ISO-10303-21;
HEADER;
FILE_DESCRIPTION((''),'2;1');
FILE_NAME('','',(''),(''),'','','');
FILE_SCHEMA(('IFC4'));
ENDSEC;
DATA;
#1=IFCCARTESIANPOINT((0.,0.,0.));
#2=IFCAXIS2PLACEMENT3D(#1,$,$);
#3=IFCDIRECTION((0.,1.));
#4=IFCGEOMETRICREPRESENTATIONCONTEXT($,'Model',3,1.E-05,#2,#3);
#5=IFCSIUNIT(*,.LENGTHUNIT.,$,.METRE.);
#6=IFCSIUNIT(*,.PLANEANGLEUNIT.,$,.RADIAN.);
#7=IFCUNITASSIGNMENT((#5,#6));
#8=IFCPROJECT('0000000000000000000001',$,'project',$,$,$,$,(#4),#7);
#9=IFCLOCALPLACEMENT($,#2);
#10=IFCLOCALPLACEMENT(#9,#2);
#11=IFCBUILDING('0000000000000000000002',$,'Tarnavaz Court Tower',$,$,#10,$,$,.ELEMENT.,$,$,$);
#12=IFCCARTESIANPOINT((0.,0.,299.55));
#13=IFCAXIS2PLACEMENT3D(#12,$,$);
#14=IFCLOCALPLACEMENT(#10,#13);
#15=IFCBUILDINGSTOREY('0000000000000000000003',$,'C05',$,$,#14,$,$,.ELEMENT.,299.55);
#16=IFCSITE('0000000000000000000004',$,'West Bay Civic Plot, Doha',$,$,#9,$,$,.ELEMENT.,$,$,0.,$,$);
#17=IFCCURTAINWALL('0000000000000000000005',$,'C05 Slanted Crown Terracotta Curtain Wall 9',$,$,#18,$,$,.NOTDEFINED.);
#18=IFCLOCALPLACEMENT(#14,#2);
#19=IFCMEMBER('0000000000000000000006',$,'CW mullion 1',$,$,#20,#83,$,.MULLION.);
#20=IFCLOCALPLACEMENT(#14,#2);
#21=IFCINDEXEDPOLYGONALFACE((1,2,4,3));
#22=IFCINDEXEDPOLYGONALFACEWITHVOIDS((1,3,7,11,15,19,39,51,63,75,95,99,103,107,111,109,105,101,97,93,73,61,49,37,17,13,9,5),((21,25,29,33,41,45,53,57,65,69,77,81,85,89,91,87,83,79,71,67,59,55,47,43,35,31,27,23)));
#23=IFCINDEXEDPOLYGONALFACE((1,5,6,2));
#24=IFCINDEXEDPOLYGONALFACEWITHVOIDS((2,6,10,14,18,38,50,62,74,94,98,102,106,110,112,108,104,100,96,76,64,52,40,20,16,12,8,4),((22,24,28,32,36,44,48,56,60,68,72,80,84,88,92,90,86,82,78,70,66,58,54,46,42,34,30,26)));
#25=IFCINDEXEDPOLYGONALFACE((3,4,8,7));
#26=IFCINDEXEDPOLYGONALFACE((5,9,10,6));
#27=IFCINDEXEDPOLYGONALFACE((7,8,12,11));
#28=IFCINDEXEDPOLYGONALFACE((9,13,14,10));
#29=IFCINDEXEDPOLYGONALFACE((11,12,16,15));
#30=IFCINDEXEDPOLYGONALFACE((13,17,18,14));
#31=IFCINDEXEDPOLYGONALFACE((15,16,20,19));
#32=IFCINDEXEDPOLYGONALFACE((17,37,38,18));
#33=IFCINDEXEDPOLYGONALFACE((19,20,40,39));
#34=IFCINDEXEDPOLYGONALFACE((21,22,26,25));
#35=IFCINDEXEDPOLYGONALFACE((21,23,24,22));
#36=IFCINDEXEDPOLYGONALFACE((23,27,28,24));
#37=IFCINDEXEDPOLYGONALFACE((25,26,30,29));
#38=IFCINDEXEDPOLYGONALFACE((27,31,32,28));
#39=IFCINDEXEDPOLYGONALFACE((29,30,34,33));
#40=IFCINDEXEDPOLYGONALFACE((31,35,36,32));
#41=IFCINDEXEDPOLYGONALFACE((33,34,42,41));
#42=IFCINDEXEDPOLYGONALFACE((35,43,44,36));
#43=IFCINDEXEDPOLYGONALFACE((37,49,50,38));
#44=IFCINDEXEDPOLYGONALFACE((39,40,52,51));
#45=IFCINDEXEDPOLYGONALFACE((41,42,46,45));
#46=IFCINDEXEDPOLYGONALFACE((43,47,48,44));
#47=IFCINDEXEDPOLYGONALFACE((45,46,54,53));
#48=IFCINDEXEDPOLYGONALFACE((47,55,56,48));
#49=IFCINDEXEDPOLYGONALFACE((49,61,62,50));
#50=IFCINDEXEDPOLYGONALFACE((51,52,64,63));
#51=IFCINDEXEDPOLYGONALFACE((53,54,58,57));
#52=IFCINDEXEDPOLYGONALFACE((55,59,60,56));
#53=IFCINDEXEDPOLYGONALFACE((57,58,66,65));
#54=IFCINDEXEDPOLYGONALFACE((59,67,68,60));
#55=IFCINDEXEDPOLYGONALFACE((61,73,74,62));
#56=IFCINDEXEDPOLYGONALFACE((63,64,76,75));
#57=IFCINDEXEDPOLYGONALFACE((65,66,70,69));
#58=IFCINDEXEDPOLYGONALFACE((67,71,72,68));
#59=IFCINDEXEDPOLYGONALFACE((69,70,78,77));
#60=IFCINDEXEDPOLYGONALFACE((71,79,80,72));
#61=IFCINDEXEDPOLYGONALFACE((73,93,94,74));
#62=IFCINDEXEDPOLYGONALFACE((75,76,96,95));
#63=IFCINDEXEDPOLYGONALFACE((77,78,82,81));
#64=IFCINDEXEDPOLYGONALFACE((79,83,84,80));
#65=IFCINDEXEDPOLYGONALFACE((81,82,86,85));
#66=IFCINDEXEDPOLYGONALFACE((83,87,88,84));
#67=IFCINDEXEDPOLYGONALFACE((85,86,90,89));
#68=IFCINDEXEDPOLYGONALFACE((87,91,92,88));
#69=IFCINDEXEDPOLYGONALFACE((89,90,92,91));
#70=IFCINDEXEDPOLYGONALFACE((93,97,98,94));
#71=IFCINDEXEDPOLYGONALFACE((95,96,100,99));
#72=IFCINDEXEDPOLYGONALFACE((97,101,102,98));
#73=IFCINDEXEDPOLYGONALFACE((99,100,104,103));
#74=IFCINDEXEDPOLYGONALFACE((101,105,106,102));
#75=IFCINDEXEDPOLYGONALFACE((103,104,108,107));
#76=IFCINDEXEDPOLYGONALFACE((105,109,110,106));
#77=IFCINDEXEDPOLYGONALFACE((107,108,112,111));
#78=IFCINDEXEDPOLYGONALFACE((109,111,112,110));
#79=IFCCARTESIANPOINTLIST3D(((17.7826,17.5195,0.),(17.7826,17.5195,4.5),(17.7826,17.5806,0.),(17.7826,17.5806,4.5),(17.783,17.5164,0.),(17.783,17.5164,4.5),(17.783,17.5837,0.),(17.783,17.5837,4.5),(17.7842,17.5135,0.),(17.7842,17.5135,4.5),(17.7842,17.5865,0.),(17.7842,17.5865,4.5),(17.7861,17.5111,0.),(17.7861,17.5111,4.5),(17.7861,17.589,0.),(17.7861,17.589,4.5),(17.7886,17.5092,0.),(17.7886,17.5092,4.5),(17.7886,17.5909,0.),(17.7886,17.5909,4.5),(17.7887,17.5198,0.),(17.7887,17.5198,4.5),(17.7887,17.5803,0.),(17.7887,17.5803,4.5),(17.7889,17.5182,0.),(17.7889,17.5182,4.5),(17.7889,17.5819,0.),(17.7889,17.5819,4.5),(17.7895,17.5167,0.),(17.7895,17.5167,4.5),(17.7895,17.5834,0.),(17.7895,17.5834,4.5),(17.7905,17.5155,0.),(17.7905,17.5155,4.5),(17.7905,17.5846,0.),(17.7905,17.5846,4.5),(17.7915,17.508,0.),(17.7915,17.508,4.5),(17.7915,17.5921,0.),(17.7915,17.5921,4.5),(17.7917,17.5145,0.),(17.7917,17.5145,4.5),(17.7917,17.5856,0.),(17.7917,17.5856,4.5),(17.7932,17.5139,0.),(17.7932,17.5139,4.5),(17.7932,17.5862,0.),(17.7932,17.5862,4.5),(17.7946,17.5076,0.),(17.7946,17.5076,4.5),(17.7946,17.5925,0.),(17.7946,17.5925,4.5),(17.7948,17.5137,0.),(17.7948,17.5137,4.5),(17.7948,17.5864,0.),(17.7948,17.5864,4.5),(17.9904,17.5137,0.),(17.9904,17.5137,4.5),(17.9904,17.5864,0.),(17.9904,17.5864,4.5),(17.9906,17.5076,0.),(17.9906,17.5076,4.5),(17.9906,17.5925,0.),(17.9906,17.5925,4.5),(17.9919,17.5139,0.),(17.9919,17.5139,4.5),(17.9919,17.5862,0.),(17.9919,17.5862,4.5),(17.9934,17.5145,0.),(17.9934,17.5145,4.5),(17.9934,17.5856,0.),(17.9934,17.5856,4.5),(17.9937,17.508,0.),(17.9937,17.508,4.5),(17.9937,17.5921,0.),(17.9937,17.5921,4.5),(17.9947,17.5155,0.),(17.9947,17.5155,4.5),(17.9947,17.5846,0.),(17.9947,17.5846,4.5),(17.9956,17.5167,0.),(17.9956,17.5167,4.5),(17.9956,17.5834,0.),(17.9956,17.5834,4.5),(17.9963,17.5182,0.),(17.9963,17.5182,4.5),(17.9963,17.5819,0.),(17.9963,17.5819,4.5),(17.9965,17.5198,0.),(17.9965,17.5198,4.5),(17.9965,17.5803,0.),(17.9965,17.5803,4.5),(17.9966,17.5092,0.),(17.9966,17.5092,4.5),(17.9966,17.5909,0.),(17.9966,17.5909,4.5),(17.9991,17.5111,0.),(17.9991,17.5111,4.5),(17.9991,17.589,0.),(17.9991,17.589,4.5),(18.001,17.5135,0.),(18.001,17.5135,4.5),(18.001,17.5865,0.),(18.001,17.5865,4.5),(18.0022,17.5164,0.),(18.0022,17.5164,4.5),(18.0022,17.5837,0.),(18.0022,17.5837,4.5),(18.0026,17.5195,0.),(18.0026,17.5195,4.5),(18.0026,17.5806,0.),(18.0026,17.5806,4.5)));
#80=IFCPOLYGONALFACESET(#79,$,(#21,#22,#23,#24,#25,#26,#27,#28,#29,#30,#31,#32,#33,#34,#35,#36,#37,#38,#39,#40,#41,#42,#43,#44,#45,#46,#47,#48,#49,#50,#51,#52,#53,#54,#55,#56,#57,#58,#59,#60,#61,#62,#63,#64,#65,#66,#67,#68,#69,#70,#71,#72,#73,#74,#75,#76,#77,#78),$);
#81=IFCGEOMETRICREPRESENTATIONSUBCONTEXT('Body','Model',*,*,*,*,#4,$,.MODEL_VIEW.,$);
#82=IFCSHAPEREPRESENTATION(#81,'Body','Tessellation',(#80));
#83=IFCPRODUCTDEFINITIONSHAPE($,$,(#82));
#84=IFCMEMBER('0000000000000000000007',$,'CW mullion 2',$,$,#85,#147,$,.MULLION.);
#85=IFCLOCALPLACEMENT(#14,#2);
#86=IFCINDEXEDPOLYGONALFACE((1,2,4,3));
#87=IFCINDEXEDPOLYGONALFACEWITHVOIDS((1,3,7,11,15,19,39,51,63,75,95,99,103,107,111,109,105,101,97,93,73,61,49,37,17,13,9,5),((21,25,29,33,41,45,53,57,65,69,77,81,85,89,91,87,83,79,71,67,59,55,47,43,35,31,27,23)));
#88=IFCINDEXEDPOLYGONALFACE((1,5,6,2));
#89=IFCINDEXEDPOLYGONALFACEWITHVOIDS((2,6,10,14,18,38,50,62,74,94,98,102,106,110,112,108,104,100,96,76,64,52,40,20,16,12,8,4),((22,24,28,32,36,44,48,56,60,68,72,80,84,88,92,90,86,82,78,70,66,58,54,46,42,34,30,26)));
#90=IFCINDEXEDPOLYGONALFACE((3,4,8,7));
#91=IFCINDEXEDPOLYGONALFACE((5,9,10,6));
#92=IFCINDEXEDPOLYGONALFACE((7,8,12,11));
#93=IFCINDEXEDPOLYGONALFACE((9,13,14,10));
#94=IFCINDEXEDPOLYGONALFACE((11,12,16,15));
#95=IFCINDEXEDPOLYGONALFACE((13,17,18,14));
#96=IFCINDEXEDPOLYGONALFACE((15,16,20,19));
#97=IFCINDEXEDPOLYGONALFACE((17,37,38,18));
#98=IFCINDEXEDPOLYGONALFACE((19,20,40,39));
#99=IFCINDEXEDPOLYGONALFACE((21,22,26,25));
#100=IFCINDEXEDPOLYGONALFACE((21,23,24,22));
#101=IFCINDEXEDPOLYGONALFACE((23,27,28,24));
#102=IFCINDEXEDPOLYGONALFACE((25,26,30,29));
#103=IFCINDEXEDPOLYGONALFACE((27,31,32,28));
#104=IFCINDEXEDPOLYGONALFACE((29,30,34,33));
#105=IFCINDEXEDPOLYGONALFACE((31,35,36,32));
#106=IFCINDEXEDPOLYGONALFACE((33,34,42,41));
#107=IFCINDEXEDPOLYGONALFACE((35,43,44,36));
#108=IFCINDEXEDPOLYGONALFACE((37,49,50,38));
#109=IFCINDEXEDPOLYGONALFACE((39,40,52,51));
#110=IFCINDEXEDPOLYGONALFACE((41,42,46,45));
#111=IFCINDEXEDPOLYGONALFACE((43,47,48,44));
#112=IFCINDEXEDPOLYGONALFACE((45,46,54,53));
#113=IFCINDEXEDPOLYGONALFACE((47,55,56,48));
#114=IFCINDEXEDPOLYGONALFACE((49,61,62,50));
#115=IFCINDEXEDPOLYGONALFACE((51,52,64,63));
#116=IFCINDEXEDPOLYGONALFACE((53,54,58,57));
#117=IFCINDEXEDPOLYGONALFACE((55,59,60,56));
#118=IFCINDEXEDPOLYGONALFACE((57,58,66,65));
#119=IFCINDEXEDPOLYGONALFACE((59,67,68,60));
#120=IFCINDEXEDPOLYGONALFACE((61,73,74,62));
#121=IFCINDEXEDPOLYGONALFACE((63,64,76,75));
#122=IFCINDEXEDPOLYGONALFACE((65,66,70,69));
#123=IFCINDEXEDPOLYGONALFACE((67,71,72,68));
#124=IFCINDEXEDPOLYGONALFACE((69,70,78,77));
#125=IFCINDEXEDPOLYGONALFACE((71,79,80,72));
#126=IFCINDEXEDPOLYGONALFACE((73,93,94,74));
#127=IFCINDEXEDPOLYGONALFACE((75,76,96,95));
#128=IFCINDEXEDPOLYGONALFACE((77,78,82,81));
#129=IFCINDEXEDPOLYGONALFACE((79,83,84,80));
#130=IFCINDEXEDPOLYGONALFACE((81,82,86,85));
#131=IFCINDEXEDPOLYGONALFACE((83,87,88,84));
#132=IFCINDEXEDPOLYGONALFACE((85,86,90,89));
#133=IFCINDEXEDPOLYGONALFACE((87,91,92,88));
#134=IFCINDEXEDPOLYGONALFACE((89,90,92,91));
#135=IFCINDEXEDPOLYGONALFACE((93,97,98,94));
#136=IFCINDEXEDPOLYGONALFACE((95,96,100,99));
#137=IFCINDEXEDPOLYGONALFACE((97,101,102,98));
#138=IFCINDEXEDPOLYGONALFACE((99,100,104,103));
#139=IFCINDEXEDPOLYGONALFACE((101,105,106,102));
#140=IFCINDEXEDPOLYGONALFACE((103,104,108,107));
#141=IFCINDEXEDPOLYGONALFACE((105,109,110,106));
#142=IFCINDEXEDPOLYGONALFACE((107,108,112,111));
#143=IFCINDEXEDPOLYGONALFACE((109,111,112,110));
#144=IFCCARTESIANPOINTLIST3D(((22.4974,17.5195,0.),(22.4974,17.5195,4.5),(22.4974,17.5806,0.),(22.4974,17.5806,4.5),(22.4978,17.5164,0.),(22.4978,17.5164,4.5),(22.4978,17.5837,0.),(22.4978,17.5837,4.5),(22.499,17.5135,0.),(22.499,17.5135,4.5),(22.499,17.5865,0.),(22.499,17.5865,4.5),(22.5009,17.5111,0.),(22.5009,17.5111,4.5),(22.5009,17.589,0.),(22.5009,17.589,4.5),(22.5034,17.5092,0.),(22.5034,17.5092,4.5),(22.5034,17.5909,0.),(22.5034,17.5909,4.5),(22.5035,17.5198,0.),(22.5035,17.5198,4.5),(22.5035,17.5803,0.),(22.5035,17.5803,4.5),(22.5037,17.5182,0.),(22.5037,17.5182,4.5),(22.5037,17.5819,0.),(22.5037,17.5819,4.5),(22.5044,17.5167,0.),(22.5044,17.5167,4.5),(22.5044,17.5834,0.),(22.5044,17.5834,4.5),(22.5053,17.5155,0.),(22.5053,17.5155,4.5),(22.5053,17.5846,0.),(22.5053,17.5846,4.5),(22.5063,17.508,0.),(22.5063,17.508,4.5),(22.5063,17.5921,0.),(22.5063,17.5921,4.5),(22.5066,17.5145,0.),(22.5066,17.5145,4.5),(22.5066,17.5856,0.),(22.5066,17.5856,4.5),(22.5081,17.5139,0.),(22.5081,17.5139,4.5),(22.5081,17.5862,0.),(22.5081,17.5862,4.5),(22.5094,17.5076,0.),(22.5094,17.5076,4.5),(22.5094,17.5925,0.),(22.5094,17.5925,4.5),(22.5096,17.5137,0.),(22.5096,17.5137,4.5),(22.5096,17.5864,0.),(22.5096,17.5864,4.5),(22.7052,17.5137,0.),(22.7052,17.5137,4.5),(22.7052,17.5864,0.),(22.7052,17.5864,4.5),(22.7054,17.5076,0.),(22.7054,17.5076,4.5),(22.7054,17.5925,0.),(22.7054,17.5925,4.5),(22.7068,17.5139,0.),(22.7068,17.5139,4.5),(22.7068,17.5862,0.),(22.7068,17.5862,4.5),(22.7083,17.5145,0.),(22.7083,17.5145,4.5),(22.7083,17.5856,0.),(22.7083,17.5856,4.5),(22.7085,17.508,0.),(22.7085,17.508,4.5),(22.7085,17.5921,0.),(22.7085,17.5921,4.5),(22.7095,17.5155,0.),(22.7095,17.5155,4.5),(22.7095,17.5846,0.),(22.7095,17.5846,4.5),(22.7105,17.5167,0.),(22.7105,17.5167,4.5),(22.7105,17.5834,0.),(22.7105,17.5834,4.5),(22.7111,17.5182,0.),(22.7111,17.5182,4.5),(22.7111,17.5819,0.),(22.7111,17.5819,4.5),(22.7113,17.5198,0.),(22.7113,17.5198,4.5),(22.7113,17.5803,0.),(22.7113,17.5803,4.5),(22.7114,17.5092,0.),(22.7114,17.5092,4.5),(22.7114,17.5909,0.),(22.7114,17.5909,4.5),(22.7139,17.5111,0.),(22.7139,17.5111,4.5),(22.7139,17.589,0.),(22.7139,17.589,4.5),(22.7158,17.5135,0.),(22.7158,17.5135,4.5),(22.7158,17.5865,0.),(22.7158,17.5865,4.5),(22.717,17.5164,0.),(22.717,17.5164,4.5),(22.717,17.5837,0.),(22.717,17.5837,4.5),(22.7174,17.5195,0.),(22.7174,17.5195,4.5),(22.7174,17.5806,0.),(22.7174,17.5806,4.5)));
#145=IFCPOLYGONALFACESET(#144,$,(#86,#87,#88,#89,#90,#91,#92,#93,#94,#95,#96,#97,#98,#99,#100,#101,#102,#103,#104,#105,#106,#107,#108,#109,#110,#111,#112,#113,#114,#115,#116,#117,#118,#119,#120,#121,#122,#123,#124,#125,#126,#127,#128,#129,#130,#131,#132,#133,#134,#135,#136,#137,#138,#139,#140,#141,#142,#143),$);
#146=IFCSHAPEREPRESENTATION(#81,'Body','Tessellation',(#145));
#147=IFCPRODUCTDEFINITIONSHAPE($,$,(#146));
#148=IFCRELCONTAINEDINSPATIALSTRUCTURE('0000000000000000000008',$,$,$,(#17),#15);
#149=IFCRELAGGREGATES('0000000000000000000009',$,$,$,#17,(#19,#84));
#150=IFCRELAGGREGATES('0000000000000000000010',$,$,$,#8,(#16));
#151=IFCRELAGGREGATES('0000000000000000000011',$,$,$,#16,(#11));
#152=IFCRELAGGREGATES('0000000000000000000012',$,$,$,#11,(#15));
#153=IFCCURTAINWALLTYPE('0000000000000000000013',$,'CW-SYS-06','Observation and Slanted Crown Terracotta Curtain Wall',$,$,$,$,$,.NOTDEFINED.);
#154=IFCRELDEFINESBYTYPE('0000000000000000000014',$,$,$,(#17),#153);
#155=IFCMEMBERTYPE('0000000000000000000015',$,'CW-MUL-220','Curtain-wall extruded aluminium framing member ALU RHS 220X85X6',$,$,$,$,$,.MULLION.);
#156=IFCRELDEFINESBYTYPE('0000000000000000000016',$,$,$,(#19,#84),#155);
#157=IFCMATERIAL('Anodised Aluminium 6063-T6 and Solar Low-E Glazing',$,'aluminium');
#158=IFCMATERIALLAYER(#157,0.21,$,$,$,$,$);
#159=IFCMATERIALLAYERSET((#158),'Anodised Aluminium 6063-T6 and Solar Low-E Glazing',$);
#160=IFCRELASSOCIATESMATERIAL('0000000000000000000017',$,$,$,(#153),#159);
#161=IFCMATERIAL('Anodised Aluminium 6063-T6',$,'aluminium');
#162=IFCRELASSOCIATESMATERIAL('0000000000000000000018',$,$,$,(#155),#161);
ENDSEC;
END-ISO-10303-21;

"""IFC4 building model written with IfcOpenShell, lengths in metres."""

from ifc_helpers import new_model, si_unit, direction, frame, origin, origin_2d, place, context, subcontext, project, spatial, hollow_rectangle, extrude, material, layer, layer_set, material_profile, profile_set, type_object, element, aggregate, save


model = new_model("IFC4")

# Units and contexts
model_context = context("Model", 3, precision=1e-05, world=origin(), true_north=direction((0.0, 1.0)))
body_context = subcontext(model_context, "Body", "Model", "MODEL_VIEW")
ifc_project = project(units=[si_unit("LENGTHUNIT", "METRE"), si_unit("PLANEANGLEUNIT", "RADIAN")], contexts=[model_context])

# Site, building, storey
site_placement = place(None, origin())
site = spatial("IfcSite", under=ifc_project, at=site_placement, Name="West Bay Civic Plot, Doha", CompositionType="ELEMENT", RefElevation=0.0)
building_placement = place(site_placement, origin())
building = spatial("IfcBuilding", under=site, at=building_placement, Name="Tarnavaz Court Tower", CompositionType="ELEMENT")
storey_placement = place(building_placement, frame((0.0, 0.0, 299.55)))
storey = spatial("IfcBuildingStorey", under=building, at=storey_placement, Name="C05", CompositionType="ELEMENT", Elevation=299.55)

# Shared definitions
ifc_material_1 = material(Name="Anodised Aluminium 6063-T6 and Solar Low-E Glazing", Category="aluminium")
ifc_layer_1 = layer(ifc_material_1, 0.21)
ifc_layer_set_1 = layer_set([ifc_layer_1], Name="Anodised Aluminium 6063-T6 and Solar Low-E Glazing")
curtain_wall_type = type_object("IfcCurtainWallType", Name="CW-SYS-06", Description="Observation and Slanted Crown Terracotta Curtain Wall", PredefinedType="NOTDEFINED", material=ifc_layer_set_1)
ifc_material_2 = material(Name="Anodised Aluminium 6063-T6", Category="aluminium")
ifc_material_profile_1 = material_profile(ifc_material_2, hollow_rectangle(XDim=0.085, YDim=0.22, WallThickness=0.0061, InnerFilletRadius=0.0061, OuterFilletRadius=0.012, at=origin_2d()), Name="ALU RHS 220X85X6")
ifc_profile_set_1 = profile_set([ifc_material_profile_1], Name="Anodised Aluminium 6063-T6")
member_type_1 = type_object("IfcMemberType", Name="CW-MUL-220", Description="Curtain-wall extruded aluminium framing member ALU RHS 220X85X6", PredefinedType="MULLION", material=ifc_profile_set_1)

# Curtain wall, members
curtain_wall_1_placement = place(storey_placement, origin())
curtain_wall_1 = element("IfcCurtainWall", 1, at=curtain_wall_1_placement, inside=storey, type_object=curtain_wall_type, Name="C05 Slanted Crown Terracotta Curtain Wall 9", PredefinedType="NOTDEFINED")
member_1_placement = place(storey_placement, frame((17.8926, 17.55, 0.0), z_axis=(0.0, 0.0, 1.0), x_axis=(0.0, 1.0, 0.0)))
member_1 = element("IfcMember", 2, at=member_1_placement, type_object=member_type_1, Name="CW mullion 1", PredefinedType="MULLION", context=body_context, shape_type="SweptSolid", body=[
    extrude(hollow_rectangle(XDim=0.085, YDim=0.22, WallThickness=0.0061, InnerFilletRadius=0.0061, OuterFilletRadius=0.012, at=origin_2d()), origin(), (0.0, 0.0, 1.0), 4.5),
])
member_2_placement = place(storey_placement, frame((22.6074, 17.55, 0.0), z_axis=(0.0, 0.0, 1.0), x_axis=(0.0, 1.0, 0.0)))
member_2 = element("IfcMember", 3, at=member_2_placement, type_object=member_type_1, Name="CW mullion 2", PredefinedType="MULLION", context=body_context, shape_type="SweptSolid", body=[
    extrude(hollow_rectangle(XDim=0.085, YDim=0.22, WallThickness=0.0061, InnerFilletRadius=0.0061, OuterFilletRadius=0.012, at=origin_2d()), origin(), (0.0, 0.0, 1.0), 4.5),
])

aggregate(curtain_wall_1, [member_1, member_2])

save(model, "model.ifc")
